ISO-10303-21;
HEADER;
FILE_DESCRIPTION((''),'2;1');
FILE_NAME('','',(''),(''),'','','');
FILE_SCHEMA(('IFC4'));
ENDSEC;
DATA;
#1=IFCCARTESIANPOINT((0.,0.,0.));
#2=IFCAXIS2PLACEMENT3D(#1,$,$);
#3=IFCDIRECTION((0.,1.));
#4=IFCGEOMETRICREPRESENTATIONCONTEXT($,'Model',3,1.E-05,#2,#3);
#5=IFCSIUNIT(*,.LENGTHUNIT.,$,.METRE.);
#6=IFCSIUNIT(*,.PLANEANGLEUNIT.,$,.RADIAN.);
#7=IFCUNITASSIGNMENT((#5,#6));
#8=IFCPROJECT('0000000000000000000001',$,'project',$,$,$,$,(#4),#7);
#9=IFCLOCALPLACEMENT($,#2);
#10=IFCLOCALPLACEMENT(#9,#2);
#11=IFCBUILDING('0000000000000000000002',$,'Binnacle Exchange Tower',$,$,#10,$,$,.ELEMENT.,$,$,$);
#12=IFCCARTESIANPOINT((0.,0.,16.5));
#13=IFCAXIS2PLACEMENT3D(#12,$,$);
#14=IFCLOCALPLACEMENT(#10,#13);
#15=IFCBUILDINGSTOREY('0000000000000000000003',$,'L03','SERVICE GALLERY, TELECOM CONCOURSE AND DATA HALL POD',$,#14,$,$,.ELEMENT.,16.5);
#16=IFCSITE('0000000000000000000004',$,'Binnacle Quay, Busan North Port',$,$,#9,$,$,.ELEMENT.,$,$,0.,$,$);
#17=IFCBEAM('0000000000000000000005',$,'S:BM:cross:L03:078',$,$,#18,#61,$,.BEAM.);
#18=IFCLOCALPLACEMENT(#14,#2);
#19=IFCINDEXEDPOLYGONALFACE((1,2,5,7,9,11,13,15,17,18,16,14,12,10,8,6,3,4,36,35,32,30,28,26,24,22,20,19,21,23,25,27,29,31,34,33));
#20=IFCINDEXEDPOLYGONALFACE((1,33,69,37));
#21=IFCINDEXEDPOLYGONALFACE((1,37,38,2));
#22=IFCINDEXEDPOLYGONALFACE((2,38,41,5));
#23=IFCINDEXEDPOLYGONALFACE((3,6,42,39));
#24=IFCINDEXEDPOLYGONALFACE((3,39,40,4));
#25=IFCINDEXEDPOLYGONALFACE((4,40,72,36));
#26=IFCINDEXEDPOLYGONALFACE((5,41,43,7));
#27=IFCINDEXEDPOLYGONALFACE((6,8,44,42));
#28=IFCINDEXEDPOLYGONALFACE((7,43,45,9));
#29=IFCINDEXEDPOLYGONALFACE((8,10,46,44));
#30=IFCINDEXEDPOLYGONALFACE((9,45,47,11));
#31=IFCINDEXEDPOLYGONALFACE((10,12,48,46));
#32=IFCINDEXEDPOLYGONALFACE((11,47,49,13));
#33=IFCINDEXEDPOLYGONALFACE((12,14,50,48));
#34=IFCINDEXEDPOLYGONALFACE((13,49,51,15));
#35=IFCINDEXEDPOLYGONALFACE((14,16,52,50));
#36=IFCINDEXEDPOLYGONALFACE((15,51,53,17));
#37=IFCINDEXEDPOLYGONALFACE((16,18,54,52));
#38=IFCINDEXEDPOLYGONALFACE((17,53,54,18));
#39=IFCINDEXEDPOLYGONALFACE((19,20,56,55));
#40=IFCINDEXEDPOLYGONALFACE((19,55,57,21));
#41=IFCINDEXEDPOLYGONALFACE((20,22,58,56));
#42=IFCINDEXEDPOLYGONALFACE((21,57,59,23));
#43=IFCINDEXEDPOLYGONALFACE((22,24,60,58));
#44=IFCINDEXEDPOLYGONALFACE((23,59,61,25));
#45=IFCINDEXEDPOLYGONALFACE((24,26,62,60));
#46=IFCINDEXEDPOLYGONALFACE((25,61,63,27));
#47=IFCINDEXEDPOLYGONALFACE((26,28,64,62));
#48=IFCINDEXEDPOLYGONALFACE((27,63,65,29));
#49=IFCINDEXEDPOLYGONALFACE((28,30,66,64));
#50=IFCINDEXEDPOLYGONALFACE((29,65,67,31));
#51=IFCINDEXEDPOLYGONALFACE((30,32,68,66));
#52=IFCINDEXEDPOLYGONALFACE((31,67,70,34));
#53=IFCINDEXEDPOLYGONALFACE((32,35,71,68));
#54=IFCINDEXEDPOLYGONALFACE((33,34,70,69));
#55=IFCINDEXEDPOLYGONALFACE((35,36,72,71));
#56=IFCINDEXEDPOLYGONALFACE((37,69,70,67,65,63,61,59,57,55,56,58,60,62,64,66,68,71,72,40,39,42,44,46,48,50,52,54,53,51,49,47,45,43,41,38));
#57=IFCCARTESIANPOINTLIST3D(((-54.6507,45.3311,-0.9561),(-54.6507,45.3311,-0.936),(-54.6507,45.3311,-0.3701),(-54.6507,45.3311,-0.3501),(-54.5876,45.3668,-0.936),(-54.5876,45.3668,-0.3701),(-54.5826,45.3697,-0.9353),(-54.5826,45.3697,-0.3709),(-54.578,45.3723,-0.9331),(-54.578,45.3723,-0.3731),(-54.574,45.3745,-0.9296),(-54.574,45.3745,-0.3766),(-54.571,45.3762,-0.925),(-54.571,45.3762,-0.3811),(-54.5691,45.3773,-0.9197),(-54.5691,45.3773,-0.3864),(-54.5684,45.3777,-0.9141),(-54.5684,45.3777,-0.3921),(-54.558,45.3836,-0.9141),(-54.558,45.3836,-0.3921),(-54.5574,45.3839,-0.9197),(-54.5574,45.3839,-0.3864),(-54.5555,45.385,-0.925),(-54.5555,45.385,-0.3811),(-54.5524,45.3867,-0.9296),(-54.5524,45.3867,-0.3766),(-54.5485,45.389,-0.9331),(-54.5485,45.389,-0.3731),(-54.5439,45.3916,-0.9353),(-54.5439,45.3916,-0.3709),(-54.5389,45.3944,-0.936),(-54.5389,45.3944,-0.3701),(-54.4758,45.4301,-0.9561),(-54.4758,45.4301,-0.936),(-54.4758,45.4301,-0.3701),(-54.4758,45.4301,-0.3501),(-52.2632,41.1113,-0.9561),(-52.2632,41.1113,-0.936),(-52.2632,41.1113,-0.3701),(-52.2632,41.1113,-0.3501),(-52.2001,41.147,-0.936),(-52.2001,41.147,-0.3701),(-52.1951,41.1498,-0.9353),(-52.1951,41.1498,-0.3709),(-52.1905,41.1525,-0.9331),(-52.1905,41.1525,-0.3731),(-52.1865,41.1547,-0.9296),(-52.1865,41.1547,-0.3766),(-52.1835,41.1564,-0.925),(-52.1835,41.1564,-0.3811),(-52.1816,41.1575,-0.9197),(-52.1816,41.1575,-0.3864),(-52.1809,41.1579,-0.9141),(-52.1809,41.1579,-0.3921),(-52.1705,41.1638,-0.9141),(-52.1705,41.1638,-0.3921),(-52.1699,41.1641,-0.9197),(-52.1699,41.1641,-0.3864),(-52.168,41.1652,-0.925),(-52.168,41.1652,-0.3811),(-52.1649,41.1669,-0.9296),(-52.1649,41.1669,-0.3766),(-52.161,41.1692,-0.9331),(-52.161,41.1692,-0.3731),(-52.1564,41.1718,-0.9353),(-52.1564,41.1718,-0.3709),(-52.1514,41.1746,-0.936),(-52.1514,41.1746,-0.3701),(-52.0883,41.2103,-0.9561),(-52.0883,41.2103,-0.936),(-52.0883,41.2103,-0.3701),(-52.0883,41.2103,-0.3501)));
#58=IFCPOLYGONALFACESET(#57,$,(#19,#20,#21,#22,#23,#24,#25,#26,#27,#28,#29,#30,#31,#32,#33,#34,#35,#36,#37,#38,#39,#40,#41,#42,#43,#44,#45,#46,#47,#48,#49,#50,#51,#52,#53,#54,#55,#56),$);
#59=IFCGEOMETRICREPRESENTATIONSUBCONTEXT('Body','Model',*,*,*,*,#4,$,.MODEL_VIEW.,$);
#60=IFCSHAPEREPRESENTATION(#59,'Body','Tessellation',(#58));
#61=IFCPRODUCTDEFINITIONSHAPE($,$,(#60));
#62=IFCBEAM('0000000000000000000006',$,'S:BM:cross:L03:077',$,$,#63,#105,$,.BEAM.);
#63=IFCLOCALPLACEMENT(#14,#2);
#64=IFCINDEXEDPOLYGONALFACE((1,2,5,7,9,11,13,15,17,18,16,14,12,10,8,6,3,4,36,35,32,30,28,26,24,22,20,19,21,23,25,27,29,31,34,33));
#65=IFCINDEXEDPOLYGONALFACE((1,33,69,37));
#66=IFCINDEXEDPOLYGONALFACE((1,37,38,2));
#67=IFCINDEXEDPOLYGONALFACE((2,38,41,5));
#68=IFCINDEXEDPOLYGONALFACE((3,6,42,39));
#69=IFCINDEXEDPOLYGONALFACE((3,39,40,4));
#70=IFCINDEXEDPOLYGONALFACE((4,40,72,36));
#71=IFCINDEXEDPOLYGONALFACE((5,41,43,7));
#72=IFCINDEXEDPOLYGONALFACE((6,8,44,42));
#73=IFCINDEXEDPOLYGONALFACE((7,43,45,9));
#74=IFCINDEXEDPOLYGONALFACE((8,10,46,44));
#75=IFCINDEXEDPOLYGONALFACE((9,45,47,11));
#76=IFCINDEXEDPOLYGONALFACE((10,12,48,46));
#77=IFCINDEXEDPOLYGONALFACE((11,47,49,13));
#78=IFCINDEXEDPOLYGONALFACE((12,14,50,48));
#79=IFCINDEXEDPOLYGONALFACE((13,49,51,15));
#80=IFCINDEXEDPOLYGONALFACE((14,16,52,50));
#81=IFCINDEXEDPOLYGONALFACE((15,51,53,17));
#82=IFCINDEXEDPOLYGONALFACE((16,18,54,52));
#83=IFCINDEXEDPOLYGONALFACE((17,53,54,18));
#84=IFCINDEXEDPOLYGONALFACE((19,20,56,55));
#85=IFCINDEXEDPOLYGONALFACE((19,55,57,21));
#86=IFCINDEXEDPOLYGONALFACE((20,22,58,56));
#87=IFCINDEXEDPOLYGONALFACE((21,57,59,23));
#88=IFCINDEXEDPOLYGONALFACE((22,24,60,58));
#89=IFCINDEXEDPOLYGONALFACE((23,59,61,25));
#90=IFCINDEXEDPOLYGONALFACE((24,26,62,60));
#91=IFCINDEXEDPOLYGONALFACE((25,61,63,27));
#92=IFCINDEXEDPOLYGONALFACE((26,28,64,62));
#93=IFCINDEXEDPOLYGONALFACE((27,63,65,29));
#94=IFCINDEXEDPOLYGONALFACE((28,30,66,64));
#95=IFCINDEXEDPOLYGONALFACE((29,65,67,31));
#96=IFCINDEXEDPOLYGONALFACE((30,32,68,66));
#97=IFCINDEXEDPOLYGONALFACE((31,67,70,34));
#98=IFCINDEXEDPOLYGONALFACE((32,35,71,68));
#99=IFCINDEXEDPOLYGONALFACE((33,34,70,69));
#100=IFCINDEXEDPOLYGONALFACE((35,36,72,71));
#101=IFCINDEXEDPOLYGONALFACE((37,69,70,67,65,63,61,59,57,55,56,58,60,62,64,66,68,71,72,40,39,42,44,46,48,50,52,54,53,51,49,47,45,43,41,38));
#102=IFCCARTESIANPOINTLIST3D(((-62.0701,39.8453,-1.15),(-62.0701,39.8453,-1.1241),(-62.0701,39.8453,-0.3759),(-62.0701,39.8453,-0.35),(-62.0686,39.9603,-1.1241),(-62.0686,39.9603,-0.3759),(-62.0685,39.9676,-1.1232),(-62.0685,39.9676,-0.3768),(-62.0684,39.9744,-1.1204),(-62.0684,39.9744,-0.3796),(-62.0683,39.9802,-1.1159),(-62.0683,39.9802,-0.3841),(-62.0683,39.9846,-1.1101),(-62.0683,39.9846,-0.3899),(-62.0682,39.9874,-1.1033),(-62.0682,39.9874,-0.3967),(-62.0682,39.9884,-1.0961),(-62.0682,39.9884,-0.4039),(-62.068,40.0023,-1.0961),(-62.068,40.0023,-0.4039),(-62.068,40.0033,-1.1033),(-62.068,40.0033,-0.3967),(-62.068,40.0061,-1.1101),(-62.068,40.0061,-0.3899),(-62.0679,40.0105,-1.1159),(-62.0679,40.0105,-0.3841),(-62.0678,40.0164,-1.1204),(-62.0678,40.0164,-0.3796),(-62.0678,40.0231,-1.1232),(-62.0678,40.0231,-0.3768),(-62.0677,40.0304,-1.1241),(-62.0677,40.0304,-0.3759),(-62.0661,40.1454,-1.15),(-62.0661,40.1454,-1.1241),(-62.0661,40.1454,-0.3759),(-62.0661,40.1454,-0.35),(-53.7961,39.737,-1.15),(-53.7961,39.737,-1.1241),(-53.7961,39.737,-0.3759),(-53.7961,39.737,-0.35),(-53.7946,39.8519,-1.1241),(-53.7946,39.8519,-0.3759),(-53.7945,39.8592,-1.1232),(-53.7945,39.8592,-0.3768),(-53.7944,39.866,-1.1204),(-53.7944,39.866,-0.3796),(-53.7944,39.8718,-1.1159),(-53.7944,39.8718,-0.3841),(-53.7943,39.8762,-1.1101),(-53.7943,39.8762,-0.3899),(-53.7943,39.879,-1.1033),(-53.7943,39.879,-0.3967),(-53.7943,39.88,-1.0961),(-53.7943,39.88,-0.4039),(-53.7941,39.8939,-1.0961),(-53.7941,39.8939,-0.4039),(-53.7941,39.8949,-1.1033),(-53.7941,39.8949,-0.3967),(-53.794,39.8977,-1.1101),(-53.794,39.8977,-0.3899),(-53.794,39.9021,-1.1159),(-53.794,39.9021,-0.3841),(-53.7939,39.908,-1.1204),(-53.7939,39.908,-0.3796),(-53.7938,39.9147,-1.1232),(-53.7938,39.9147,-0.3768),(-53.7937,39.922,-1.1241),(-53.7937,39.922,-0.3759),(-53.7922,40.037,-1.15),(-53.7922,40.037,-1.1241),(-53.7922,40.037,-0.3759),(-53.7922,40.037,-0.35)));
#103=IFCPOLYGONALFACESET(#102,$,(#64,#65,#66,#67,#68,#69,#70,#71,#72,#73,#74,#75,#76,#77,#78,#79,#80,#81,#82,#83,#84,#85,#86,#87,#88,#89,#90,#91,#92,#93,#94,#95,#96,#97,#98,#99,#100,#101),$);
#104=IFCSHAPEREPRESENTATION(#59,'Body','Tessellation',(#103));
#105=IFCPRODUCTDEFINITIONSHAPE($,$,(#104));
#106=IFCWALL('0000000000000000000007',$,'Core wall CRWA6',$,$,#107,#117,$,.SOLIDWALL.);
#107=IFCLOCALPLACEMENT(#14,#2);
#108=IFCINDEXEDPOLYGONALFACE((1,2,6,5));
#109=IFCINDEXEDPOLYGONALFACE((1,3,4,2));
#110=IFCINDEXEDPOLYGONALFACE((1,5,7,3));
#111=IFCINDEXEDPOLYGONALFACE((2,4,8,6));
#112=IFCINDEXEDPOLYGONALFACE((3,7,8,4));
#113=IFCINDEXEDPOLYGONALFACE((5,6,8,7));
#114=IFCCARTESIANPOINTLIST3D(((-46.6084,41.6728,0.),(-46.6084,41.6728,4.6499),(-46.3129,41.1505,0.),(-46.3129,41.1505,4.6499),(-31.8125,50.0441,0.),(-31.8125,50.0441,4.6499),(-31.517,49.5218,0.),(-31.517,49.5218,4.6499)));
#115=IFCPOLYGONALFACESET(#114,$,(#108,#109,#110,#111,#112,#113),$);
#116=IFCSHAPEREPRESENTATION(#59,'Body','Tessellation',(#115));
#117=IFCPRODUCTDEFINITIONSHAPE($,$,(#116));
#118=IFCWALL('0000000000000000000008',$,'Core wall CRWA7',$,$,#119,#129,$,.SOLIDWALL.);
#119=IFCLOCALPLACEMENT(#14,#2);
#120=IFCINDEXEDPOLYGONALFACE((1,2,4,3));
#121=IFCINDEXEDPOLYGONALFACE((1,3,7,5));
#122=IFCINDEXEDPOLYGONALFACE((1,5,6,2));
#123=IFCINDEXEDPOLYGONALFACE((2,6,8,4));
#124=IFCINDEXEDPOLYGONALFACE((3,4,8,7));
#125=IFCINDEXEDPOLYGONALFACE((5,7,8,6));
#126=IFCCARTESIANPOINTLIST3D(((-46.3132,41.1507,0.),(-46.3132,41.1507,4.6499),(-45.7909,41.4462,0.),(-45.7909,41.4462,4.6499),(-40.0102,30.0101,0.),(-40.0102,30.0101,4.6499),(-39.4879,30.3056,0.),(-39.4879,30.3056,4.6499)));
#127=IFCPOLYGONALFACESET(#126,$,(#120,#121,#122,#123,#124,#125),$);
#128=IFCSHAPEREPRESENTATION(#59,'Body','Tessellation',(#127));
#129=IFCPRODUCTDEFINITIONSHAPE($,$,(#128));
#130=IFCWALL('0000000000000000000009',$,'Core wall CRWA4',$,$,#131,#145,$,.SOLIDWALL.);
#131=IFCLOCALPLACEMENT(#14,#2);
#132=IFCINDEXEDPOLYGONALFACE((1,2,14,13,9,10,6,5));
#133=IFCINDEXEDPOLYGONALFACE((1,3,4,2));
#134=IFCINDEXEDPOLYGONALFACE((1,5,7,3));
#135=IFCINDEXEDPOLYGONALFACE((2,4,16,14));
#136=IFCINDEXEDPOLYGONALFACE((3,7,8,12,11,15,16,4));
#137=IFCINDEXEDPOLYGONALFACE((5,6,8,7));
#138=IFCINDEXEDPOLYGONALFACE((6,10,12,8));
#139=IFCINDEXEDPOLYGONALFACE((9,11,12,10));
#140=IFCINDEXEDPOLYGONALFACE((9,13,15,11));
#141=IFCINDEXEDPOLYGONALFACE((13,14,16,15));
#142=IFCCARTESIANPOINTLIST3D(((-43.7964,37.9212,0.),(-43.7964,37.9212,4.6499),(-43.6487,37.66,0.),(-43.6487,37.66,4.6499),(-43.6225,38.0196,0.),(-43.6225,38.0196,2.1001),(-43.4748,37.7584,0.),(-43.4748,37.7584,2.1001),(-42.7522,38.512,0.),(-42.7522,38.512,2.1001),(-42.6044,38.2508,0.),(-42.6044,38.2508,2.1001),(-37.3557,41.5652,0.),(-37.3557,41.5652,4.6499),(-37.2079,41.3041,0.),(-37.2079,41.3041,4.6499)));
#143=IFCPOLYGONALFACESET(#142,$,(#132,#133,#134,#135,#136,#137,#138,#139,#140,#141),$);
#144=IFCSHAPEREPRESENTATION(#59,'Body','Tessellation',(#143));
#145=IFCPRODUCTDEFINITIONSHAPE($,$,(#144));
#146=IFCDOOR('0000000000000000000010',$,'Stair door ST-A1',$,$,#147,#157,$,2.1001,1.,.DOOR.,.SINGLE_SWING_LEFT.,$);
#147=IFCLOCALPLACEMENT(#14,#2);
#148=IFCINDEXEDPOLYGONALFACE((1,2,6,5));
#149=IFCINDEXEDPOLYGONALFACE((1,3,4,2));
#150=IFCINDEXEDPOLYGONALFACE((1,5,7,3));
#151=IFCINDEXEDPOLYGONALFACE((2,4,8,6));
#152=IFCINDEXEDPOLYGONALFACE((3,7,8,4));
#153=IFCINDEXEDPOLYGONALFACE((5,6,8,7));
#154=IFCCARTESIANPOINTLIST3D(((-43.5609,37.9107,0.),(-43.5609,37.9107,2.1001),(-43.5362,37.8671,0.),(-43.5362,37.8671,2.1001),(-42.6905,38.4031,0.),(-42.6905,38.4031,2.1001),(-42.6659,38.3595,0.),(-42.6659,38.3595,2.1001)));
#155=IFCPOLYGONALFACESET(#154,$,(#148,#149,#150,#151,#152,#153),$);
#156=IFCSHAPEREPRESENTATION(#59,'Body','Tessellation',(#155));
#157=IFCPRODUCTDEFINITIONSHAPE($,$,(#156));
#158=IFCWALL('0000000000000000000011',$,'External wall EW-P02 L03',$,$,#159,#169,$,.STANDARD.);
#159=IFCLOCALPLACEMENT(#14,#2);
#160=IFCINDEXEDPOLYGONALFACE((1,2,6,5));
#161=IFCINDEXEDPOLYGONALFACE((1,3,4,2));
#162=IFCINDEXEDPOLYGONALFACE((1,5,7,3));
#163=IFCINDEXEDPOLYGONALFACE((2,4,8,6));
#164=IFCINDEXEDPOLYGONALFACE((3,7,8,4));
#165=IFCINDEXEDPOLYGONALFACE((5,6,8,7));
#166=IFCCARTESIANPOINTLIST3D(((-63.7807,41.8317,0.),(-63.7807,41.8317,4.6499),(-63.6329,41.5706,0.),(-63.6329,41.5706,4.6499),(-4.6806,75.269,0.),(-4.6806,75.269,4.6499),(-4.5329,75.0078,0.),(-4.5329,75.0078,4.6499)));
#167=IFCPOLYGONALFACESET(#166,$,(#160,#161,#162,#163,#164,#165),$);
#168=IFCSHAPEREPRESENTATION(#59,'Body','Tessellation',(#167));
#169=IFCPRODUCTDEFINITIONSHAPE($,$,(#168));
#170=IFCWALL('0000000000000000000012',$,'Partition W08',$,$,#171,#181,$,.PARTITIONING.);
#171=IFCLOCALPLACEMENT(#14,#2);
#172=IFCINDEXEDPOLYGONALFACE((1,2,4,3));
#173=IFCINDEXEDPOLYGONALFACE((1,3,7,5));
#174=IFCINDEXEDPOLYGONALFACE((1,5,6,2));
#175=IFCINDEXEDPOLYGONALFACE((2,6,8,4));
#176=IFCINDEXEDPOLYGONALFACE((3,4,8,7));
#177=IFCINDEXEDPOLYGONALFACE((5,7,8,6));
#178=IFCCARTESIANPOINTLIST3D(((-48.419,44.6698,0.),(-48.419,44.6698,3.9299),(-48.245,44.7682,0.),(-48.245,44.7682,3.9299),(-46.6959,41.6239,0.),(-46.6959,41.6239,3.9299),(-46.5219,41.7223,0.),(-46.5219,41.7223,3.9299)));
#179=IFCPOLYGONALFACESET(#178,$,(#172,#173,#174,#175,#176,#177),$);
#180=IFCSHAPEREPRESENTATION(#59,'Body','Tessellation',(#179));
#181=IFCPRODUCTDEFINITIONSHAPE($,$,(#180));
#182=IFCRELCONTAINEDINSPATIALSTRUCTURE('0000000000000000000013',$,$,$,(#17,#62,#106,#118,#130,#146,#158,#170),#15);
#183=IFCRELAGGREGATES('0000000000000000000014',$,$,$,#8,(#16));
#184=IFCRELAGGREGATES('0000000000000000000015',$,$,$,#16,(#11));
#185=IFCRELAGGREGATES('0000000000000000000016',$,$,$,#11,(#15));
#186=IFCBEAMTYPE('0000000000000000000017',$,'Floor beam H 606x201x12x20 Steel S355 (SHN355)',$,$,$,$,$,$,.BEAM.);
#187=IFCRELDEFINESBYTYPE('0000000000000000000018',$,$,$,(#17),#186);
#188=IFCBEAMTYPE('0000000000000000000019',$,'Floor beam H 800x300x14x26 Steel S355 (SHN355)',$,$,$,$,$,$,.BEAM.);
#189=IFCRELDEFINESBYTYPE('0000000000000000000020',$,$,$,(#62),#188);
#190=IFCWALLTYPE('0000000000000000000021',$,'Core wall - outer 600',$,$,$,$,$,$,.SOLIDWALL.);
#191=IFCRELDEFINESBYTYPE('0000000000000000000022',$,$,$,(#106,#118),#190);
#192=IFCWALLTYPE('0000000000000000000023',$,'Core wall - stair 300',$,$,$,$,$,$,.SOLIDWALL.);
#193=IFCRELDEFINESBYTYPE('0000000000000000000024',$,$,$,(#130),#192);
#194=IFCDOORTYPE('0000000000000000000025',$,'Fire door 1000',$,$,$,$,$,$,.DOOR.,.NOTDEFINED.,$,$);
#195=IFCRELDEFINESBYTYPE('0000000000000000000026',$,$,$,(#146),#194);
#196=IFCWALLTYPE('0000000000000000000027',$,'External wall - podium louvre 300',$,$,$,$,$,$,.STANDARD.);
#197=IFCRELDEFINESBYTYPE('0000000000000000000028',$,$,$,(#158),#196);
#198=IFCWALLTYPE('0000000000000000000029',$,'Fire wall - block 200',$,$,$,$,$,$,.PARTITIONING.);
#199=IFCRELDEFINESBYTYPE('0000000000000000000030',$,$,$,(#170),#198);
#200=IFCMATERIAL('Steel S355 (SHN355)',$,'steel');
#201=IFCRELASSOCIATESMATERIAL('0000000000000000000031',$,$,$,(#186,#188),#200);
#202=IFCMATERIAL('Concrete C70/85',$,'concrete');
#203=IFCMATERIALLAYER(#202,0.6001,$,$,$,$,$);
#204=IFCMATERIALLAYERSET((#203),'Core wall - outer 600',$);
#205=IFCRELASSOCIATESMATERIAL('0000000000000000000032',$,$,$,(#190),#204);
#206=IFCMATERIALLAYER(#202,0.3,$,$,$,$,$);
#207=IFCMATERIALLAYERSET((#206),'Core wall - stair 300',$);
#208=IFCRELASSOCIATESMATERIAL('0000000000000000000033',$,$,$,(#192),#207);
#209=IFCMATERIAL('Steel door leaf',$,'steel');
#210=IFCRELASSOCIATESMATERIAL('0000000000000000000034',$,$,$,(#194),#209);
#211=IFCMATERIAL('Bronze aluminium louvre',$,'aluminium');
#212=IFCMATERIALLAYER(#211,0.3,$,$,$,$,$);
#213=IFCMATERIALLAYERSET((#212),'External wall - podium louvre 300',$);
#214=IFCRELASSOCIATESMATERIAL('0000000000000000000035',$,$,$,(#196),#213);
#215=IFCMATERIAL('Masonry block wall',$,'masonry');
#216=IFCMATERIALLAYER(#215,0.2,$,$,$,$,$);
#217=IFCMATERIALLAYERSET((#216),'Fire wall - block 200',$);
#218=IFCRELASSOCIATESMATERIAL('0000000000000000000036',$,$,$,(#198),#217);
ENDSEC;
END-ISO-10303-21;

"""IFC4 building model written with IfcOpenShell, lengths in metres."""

from ifc_helpers import new_model, si_unit, direction, frame, frame_2d, origin, origin_2d, place, context, subcontext, project, spatial, rectangle, i_section, extrude, material, layer, layer_set, material_profile, profile_set, type_object, element, fill, save


model = new_model("IFC4")

# Units and contexts
model_context = context("Model", 3, precision=1e-05, world=origin(), true_north=direction((0.0, 1.0)))
body_context = subcontext(model_context, "Body", "Model", "MODEL_VIEW")
ifc_project = project(units=[si_unit("LENGTHUNIT", "METRE"), si_unit("PLANEANGLEUNIT", "RADIAN")], contexts=[model_context])

# Site, building, storey
site_placement = place(None, origin())
site = spatial("IfcSite", under=ifc_project, at=site_placement, Name="Binnacle Quay, Busan North Port", CompositionType="ELEMENT", RefElevation=0.0)
building_placement = place(site_placement, origin())
building = spatial("IfcBuilding", under=site, at=building_placement, Name="Binnacle Exchange Tower", CompositionType="ELEMENT")
storey_placement = place(building_placement, frame((0.0, 0.0, 16.5)))
storey = spatial("IfcBuildingStorey", under=building, at=storey_placement, Name="L03", Description="SERVICE GALLERY, TELECOM CONCOURSE AND DATA HALL POD", CompositionType="ELEMENT", Elevation=16.5)

# Shared definitions
ifc_material_1 = material(Name="Concrete C70/85", Category="concrete")

# Beams
ifc_material_2 = material(Name="Steel S355 (SHN355)", Category="steel")
ifc_material_profile_1 = material_profile(ifc_material_2, i_section(OverallWidth=0.2009, OverallDepth=0.606, WebThickness=0.012, FlangeThickness=0.02, FilletRadius=0.022, at=origin_2d()), Name="H 606x201x12x20")
ifc_profile_set_1 = profile_set([ifc_material_profile_1], Name="Steel S355 (SHN355)")
beam_type_1 = type_object("IfcBeamType", Name="Floor beam H 606x201x12x20 Steel S355 (SHN355)", PredefinedType="BEAM", material=ifc_profile_set_1)
beam_1_placement = place(storey_placement, frame((-54.5632, 45.3806, -0.6531), z_axis=(0.492431, -0.870352, 0.0), x_axis=(0.870352, 0.492431, 0.0)))
element("IfcBeam", 1, at=beam_1_placement, inside=storey, type_object=beam_type_1, Name="S:BM:cross:L03:078", PredefinedType="BEAM", context=body_context, shape_type="SweptSolid", body=[
    extrude(i_section(OverallWidth=0.2009, OverallDepth=0.606, WebThickness=0.012, FlangeThickness=0.02, FilletRadius=0.022, at=origin_2d()), origin(), (0.0, 0.0, 1.0), 4.8484),
])
ifc_material_profile_2 = material_profile(ifc_material_2, i_section(OverallWidth=0.3, OverallDepth=0.8, WebThickness=0.0139, FlangeThickness=0.0259, FilletRadius=0.0281, at=origin_2d()), Name="H 800x300x14x26")
ifc_profile_set_2 = profile_set([ifc_material_profile_2], Name="Steel S355 (SHN355)")
beam_type_2 = type_object("IfcBeamType", Name="Floor beam H 800x300x14x26 Steel S355 (SHN355)", PredefinedType="BEAM", material=ifc_profile_set_2)
beam_2_placement = place(storey_placement, frame((-62.0681, 39.9954, -0.75), z_axis=(0.999914, -0.0131, 0.0), x_axis=(0.0131, 0.999914, 0.0)))
element("IfcBeam", 2, at=beam_2_placement, inside=storey, type_object=beam_type_2, Name="S:BM:cross:L03:077", PredefinedType="BEAM", context=body_context, shape_type="SweptSolid", body=[
    extrude(i_section(OverallWidth=0.3, OverallDepth=0.8, WebThickness=0.0139, FlangeThickness=0.0259, FilletRadius=0.0281, at=origin_2d()), origin(), (0.0, 0.0, 1.0), 8.2747),
])

# Walls
ifc_layer_1 = layer(ifc_material_1, 0.6001)
ifc_layer_set_1 = layer_set([ifc_layer_1], Name="Core wall - outer 600")
wall_type_1 = type_object("IfcWallType", Name="Core wall - outer 600", PredefinedType="SOLIDWALL", material=ifc_layer_set_1)
wall_1_placement = place(storey_placement, frame((-46.4607, 41.4116, 0.0), z_axis=(0.0, 0.0, 1.0), x_axis=(0.87035, 0.492433, 0.0)))
element("IfcWall", 3, at=wall_1_placement, inside=storey, type_object=wall_type_1, Name="Core wall CRWA6", PredefinedType="SOLIDWALL", context=body_context, shape_type="SweptSolid", body=[
    extrude(rectangle(XDim=17.0, YDim=0.6001, at=frame_2d((8.5, 0.0))), origin(), (0.0, 0.0, 1.0), 4.6499),
])
wall_2_placement = place(storey_placement, frame((-46.052, 41.2983, 0.0), z_axis=(0.0, 0.0, 1.0), x_axis=(0.492419, -0.870359, 0.0)))
element("IfcWall", 4, at=wall_2_placement, inside=storey, type_object=wall_type_1, Name="Core wall CRWA7", PredefinedType="SOLIDWALL", context=body_context, shape_type="SweptSolid", body=[
    extrude(rectangle(XDim=12.8, YDim=0.6001, at=frame_2d((6.3999, 0.0))), origin(), (0.0, 0.0, 1.0), 4.6499),
])

# Wall, opening, door
ifc_layer_2 = layer(ifc_material_1, 0.3)
ifc_layer_set_2 = layer_set([ifc_layer_2], Name="Core wall - stair 300")
wall_type_2 = type_object("IfcWallType", Name="Core wall - stair 300", PredefinedType="SOLIDWALL", material=ifc_layer_set_2)
wall_3_placement = place(storey_placement, frame((-43.7227, 37.7905, 0.0), z_axis=(0.0, 0.0, 1.0), x_axis=(0.870351, 0.492432, 0.0)))
wall_3 = element("IfcWall", 5, at=wall_3_placement, inside=storey, type_object=wall_type_2, Name="Core wall CRWA4", PredefinedType="SOLIDWALL", context=body_context, shape_type="SweptSolid", body=[
    extrude(rectangle(XDim=7.4001, YDim=0.3, at=frame_2d((3.7002, 0.0))), origin(), (0.0, 0.0, 1.0), 4.6499),
])
opening_1_placement = place(wall_3_placement, frame((0.2, 0.0, 0.0)))
opening_1 = element("IfcOpeningElement", 6, at=opening_1_placement, cuts=wall_3, PredefinedType="OPENING", context=body_context, shape_type="SweptSolid", body=[
    extrude(rectangle(XDim=1.0, YDim=2.1001, at=frame_2d((0.5, 1.05))), frame((0.0, 0.1599, 0.0), z_axis=(0.0, -1.0, 0.0), x_axis=(1.0, 0.0, 0.0)), (0.0, 0.0, 1.0), 0.3201),
])
ifc_material_3 = material(Name="Steel door leaf", Category="steel")
door_type_1 = type_object("IfcDoorType", Name="Fire door 1000", OperationType="NOTDEFINED", PredefinedType="DOOR", material=ifc_material_3)
door_1_placement = place(opening_1_placement, origin())
door_1 = element("IfcDoor", 7, at=door_1_placement, inside=storey, type_object=door_type_1, Name="Stair door ST-A1", OperationType="SINGLE_SWING_LEFT", OverallHeight=2.1001, OverallWidth=1.0, PredefinedType="DOOR", context=body_context, shape_type="SweptSolid", body=[
    extrude(rectangle(XDim=1.0, YDim=2.1001, at=frame_2d((0.5, 1.05))), frame((0.0, 0.0249, 0.0), z_axis=(0.0, -1.0, 0.0), x_axis=(1.0, 0.0, 0.0)), (0.0, 0.0, 1.0), 0.05),
])
fill(opening_1, door_1)

# Walls
ifc_material_4 = material(Name="Bronze aluminium louvre", Category="aluminium")
ifc_layer_3 = layer(ifc_material_4, 0.3)
ifc_layer_set_3 = layer_set([ifc_layer_3], Name="External wall - podium louvre 300")
wall_type_3 = type_object("IfcWallType", Name="External wall - podium louvre 300", PredefinedType="STANDARD", material=ifc_layer_set_3)
wall_4_placement = place(storey_placement, frame((-63.7068, 41.7012, 0.0), z_axis=(0.0, 0.0, 1.0), x_axis=(0.870356, 0.492424, 0.0)))
element("IfcWall", 8, at=wall_4_placement, inside=storey, type_object=wall_type_3, Name="External wall EW-P02 L03", PredefinedType="STANDARD", context=body_context, shape_type="SweptSolid", body=[
    extrude(rectangle(XDim=67.9033, YDim=0.3, at=frame_2d((33.9517, 0.0))), origin(), (0.0, 0.0, 1.0), 4.6499),
])
ifc_material_5 = material(Name="Masonry block wall", Category="masonry")
ifc_layer_4 = layer(ifc_material_5, 0.2)
ifc_layer_set_4 = layer_set([ifc_layer_4], Name="Fire wall - block 200")
wall_type_4 = type_object("IfcWallType", Name="Fire wall - block 200", PredefinedType="PARTITIONING", material=ifc_layer_set_4)
wall_5_placement = place(storey_placement, frame((-48.332, 44.719, 0.0), z_axis=(0.0, 0.0, 1.0), x_axis=(0.492393, -0.870373, 0.0)))
element("IfcWall", 9, at=wall_5_placement, inside=storey, type_object=wall_type_4, Name="Partition W08", PredefinedType="PARTITIONING", context=body_context, shape_type="SweptSolid", body=[
    extrude(rectangle(XDim=3.4995, YDim=0.2, at=frame_2d((1.7498, 0.0))), origin(), (0.0, 0.0, 1.0), 3.9299),
])

save(model, "model.ifc")
